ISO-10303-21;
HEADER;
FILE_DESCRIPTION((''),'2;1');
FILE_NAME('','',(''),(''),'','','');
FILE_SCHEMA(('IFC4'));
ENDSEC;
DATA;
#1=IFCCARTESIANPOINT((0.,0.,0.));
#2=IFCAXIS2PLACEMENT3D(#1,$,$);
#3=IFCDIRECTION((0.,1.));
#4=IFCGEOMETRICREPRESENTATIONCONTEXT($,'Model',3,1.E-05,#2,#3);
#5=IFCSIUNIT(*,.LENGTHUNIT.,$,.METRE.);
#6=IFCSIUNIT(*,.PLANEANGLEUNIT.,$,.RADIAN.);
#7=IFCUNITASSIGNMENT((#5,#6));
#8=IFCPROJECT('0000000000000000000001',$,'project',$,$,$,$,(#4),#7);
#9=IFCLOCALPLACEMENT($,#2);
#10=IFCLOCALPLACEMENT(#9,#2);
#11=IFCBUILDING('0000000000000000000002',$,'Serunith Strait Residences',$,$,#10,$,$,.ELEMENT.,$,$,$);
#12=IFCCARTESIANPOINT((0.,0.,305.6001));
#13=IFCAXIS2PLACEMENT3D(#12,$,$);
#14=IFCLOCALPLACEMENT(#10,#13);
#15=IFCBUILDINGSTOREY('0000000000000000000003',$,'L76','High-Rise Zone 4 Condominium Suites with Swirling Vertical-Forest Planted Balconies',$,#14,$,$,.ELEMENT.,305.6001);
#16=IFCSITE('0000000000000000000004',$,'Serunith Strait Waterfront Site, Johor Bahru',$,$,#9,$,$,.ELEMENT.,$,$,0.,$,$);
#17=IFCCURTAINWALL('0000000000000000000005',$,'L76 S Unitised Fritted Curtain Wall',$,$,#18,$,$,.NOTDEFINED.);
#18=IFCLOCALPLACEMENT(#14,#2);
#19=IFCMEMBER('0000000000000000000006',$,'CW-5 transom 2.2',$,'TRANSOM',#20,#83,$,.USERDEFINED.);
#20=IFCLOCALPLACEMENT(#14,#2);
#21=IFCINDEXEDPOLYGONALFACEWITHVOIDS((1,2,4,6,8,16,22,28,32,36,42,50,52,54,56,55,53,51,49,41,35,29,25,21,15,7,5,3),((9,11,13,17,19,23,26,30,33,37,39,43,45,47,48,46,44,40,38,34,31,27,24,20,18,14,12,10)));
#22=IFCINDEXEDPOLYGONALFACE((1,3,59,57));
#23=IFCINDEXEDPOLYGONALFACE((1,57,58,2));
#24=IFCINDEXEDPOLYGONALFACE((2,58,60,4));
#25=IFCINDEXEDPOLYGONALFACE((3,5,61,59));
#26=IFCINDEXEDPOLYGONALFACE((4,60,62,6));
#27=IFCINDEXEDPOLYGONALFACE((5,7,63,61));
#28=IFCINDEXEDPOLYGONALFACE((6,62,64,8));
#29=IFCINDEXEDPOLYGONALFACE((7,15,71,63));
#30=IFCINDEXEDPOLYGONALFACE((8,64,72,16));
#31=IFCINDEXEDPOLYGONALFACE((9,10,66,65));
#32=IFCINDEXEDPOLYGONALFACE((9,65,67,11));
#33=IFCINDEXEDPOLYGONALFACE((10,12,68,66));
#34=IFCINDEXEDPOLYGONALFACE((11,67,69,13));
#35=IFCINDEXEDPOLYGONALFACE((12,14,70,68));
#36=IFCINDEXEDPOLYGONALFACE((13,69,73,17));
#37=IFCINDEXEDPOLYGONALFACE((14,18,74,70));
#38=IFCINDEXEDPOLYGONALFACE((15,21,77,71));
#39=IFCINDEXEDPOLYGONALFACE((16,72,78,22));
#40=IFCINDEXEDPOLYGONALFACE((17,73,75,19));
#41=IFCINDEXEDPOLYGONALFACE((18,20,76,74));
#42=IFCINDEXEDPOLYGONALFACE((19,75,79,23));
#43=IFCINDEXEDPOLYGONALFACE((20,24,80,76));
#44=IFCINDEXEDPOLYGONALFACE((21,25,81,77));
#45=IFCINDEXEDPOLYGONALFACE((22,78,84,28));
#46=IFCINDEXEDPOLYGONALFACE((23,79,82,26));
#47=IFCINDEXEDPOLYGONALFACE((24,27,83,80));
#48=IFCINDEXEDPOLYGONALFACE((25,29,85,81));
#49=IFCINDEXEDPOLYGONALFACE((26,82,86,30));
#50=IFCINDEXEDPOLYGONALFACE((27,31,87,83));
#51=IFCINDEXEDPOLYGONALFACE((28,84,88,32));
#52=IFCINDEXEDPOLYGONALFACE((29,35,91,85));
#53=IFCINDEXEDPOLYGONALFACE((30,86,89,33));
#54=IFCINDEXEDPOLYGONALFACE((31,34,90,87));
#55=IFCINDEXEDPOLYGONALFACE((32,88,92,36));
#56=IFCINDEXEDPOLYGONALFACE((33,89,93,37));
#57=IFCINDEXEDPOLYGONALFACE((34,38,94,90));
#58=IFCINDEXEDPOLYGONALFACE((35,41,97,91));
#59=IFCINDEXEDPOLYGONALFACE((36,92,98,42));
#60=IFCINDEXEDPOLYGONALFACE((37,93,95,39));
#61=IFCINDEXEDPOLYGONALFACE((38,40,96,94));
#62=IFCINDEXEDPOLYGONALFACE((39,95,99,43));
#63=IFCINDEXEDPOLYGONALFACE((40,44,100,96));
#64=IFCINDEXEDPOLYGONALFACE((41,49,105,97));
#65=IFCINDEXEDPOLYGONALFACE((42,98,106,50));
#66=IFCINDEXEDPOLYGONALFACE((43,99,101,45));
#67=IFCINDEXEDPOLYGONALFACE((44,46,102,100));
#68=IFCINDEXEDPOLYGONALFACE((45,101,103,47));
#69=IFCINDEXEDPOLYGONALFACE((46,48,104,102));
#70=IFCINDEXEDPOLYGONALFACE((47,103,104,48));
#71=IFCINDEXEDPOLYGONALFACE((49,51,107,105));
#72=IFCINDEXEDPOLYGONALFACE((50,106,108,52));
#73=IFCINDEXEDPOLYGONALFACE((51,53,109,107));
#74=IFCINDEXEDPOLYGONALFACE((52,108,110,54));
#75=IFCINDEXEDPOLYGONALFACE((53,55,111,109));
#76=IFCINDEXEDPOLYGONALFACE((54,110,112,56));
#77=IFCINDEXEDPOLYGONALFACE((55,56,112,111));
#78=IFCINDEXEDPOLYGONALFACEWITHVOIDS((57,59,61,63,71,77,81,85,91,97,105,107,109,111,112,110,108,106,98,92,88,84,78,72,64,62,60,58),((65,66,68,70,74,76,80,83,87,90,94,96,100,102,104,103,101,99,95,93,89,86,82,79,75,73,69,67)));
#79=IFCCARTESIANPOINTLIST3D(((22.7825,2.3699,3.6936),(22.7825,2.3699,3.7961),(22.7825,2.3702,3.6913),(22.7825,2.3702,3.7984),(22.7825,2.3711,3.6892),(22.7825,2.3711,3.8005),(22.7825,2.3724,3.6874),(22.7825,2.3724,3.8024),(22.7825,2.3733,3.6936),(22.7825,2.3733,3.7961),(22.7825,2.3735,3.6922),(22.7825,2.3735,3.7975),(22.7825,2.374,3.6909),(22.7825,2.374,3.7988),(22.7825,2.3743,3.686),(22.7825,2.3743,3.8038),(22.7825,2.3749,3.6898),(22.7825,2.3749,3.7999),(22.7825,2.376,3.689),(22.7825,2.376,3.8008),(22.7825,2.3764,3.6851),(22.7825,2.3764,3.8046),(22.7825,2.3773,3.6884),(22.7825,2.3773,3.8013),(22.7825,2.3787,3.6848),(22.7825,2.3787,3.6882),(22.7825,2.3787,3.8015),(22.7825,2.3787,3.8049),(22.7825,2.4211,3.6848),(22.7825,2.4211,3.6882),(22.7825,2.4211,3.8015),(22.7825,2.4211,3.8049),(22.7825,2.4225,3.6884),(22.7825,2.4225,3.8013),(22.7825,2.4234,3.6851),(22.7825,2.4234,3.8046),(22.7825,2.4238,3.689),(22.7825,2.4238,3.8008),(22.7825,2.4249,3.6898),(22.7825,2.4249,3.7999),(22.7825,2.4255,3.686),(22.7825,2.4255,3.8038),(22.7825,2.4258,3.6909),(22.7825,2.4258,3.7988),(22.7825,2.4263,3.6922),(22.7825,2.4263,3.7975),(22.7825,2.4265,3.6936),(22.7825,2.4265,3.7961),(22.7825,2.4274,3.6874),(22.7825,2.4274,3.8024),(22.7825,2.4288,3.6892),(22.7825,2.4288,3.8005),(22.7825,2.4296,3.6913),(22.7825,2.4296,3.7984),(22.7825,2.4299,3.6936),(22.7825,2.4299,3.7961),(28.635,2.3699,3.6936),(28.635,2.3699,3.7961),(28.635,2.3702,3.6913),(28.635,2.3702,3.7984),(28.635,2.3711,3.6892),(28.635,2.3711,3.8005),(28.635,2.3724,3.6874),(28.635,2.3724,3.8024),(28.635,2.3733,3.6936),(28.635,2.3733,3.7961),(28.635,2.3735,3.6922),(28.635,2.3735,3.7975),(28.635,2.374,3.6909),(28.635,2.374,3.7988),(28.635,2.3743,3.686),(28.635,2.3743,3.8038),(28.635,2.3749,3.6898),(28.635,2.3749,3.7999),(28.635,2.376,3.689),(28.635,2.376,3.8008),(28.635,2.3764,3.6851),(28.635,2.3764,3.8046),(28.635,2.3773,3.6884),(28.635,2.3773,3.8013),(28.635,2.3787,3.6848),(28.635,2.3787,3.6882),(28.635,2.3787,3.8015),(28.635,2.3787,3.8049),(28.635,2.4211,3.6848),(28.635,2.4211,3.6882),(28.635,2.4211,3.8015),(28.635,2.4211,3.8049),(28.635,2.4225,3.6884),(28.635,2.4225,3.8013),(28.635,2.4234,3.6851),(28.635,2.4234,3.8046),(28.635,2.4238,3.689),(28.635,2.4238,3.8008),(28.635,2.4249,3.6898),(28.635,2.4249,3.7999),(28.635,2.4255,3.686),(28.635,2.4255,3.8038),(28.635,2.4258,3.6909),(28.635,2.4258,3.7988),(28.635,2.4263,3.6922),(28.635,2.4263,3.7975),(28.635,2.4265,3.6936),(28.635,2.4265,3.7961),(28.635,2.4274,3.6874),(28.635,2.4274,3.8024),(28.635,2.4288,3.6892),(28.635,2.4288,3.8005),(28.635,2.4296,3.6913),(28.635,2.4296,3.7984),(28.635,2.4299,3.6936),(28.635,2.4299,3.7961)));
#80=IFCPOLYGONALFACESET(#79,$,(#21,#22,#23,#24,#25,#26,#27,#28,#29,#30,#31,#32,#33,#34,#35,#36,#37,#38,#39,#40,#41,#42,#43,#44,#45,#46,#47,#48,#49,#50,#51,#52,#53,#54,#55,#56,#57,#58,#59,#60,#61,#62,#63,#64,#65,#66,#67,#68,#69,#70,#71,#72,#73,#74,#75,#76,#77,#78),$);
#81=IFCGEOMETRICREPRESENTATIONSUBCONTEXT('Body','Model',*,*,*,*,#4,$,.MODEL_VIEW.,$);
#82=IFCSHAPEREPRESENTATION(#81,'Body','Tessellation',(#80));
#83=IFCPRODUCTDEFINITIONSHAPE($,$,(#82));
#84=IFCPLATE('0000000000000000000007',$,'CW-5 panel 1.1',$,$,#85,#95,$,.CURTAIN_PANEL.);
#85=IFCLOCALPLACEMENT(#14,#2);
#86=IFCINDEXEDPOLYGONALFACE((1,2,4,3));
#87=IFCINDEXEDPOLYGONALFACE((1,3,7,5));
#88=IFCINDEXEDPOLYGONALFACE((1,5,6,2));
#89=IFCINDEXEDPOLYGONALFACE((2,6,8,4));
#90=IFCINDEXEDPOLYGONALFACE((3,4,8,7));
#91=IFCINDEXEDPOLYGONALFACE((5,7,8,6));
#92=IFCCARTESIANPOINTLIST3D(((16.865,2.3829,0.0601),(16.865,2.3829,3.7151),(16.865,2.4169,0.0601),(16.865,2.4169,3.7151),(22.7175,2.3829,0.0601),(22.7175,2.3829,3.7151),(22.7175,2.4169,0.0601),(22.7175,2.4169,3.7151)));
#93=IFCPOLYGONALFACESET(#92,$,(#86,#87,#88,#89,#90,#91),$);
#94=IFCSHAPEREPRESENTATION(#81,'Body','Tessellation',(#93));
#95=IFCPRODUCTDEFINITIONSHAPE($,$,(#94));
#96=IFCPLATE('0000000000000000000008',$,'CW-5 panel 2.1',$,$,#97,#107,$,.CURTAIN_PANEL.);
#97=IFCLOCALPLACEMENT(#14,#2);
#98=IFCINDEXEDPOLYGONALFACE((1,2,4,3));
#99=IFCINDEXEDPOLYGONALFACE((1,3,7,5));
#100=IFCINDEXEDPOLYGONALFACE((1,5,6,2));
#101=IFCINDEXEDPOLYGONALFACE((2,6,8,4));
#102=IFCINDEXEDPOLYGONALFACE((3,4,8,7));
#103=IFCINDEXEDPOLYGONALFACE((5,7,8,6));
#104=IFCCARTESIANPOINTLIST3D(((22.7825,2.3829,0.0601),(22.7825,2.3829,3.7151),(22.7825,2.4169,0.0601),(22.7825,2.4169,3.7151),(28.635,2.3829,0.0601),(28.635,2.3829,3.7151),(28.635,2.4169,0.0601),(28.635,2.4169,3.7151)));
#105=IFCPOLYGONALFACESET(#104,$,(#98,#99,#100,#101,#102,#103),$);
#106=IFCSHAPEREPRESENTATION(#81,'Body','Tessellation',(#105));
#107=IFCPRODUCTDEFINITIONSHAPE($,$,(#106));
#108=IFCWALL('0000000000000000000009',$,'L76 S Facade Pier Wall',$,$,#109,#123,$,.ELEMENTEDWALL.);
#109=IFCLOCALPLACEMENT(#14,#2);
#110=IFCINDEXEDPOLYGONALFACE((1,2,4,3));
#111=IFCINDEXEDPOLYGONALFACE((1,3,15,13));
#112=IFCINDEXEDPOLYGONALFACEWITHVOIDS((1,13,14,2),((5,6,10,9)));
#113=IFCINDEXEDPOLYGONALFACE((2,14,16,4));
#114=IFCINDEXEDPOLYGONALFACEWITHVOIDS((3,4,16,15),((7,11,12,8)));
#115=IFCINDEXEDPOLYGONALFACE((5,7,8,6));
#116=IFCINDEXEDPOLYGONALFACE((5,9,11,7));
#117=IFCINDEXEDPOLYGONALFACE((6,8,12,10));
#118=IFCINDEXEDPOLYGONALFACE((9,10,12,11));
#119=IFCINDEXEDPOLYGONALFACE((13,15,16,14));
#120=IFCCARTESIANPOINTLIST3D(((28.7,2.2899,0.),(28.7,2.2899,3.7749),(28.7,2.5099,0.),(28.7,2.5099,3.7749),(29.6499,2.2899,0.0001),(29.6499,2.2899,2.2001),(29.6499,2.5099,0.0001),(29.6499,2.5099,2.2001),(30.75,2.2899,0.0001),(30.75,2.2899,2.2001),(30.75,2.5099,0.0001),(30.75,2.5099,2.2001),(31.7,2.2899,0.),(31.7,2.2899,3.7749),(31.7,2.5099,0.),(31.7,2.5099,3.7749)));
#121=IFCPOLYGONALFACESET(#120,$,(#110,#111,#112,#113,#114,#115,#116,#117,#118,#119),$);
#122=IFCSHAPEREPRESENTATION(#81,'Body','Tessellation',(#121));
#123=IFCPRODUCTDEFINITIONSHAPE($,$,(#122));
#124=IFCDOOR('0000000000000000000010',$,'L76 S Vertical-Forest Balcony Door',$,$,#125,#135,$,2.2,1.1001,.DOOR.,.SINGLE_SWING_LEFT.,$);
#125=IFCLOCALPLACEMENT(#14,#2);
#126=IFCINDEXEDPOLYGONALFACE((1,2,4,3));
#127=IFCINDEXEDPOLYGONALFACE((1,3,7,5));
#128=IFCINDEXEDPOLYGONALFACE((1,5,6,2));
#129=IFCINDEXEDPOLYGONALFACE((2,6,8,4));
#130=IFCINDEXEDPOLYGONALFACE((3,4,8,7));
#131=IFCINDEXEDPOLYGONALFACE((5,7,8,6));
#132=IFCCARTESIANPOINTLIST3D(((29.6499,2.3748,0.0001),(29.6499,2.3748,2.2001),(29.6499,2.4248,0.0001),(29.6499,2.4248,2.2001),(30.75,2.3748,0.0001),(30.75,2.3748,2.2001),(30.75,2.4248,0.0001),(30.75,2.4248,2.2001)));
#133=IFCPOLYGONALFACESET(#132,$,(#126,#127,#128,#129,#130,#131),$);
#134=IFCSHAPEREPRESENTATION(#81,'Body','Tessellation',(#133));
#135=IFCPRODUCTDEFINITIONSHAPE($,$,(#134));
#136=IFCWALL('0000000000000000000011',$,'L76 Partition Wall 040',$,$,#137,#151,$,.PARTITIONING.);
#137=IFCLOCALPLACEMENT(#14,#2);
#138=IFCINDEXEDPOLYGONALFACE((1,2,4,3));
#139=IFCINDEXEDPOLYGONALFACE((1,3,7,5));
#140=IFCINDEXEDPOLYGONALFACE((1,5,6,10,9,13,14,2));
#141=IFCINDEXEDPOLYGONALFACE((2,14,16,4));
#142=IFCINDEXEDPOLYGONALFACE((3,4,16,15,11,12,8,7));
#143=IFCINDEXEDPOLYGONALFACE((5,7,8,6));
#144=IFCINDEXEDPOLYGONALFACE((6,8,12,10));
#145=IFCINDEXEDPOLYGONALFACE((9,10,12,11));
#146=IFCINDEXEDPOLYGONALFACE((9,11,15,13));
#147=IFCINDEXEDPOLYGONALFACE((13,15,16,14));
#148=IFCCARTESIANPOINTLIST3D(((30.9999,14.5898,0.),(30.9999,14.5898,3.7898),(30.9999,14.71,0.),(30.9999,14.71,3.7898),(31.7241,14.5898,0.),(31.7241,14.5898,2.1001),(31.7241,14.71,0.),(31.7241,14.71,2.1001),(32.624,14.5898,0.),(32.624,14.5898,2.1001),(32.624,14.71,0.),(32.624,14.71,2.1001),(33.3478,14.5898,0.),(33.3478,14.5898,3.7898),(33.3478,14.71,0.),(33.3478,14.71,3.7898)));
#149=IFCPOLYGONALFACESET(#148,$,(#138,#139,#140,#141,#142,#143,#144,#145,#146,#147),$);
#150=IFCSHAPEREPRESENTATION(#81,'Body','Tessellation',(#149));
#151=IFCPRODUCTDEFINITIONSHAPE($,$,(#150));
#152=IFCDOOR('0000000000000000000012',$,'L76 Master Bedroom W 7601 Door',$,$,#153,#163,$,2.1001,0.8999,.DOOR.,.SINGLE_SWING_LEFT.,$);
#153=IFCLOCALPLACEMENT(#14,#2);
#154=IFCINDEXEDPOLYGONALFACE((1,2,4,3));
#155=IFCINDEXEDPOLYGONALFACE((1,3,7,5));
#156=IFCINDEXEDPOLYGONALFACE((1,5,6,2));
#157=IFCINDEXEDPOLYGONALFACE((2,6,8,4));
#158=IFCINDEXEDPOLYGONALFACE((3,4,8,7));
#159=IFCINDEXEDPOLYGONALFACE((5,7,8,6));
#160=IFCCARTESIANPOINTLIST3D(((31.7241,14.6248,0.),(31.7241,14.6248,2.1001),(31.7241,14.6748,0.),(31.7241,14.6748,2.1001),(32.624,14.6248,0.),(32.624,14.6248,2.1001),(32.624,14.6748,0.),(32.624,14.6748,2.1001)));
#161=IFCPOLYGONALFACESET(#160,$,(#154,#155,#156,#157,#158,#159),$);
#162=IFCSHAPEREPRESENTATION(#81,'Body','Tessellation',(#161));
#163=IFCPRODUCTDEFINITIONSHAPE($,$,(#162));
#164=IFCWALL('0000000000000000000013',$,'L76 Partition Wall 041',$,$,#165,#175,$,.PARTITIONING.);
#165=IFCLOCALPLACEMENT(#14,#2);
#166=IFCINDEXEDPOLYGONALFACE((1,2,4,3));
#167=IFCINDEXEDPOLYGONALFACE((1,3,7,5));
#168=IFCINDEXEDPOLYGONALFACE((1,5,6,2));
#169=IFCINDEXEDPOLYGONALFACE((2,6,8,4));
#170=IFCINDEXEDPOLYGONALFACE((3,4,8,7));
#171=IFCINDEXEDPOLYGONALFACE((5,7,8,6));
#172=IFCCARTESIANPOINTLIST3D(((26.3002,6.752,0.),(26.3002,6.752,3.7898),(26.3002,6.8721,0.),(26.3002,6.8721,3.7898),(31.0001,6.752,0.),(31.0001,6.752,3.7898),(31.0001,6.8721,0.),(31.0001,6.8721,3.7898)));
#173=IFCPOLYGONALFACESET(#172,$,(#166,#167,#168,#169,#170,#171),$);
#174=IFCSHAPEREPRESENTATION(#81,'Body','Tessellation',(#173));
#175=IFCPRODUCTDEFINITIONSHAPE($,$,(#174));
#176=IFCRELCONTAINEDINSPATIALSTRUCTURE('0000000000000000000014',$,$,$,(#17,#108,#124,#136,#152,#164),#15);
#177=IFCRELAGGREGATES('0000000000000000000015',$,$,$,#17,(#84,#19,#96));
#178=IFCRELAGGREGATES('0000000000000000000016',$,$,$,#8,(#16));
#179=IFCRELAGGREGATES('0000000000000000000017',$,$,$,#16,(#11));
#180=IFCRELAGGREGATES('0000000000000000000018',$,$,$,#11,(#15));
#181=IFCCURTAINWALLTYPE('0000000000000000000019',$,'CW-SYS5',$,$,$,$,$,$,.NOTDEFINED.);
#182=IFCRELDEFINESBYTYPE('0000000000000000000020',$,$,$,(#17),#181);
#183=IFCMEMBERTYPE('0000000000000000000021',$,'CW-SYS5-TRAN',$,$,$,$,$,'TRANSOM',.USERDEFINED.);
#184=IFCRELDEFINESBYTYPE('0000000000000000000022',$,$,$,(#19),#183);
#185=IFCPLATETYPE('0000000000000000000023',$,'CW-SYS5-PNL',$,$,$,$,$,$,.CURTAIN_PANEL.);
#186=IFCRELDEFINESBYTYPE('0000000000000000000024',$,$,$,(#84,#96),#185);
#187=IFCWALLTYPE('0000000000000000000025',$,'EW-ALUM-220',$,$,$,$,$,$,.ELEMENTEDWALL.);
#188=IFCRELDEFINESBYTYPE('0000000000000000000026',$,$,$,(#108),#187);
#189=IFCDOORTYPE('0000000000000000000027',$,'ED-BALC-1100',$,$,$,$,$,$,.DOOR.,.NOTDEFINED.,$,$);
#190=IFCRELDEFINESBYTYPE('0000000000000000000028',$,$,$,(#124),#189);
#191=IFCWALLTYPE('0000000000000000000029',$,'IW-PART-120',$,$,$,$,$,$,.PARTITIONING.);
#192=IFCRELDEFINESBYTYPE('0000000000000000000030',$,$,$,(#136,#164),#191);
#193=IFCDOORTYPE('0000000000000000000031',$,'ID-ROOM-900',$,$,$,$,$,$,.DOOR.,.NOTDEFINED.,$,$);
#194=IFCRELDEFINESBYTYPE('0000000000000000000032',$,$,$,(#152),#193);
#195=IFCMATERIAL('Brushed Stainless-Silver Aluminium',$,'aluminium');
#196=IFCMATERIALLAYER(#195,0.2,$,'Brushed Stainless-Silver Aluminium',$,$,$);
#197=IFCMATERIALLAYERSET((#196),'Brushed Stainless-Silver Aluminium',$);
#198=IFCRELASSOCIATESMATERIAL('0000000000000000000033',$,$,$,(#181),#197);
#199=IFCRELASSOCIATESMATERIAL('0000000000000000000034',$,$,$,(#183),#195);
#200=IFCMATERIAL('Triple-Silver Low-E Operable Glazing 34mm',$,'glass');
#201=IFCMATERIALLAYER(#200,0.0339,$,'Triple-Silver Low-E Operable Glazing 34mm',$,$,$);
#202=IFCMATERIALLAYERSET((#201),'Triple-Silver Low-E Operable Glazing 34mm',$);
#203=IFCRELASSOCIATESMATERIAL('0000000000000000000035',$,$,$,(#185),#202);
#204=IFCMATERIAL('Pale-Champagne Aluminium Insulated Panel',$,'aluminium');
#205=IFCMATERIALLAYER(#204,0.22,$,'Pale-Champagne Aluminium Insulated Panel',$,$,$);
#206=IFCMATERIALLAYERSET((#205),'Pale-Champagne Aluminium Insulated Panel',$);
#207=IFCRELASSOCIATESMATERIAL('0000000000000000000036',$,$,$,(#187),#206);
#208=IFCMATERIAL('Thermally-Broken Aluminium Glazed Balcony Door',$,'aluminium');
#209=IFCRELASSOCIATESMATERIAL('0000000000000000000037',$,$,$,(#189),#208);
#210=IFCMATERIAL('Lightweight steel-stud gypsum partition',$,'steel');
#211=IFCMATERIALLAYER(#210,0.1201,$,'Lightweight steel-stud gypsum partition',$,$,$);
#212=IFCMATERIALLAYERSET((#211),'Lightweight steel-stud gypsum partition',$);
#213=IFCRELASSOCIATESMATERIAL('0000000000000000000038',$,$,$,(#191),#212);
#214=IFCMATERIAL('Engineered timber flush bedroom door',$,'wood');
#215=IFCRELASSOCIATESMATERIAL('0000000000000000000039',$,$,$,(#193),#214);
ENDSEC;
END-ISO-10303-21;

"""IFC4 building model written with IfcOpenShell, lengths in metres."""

from ifc_helpers import new_model, si_unit, direction, frame, frame_2d, origin, origin_2d, place, context, subcontext, project, spatial, rectangle, hollow_rectangle, extrude, source, transform, mapped, material, layer, layer_set, material_profile, profile_set, type_object, element, fill, aggregate, save


model = new_model("IFC4")

# Units and contexts
model_context = context("Model", 3, precision=1e-05, world=origin(), true_north=direction((0.0, 1.0)))
body_context = subcontext(model_context, "Body", "Model", "MODEL_VIEW")
ifc_project = project(units=[si_unit("LENGTHUNIT", "METRE"), si_unit("PLANEANGLEUNIT", "RADIAN")], contexts=[model_context])

# Site, building, storey
site_placement = place(None, origin())
site = spatial("IfcSite", under=ifc_project, at=site_placement, Name="Serunith Strait Waterfront Site, Johor Bahru", CompositionType="ELEMENT", RefElevation=0.0)
building_placement = place(site_placement, origin())
building = spatial("IfcBuilding", under=site, at=building_placement, Name="Serunith Strait Residences", CompositionType="ELEMENT")
storey_placement = place(building_placement, frame((0.0, 0.0, 305.6001)))
storey = spatial("IfcBuildingStorey", under=building, at=storey_placement, Name="L76", Description="High-Rise Zone 4 Condominium Suites with Swirling Vertical-Forest Planted Balconies", CompositionType="ELEMENT", Elevation=305.6001)

# Curtain wall, member, plates
ifc_material_1 = material(Name="Brushed Stainless-Silver Aluminium", Category="aluminium")
ifc_layer_1 = layer(ifc_material_1, 0.2, Name="Brushed Stainless-Silver Aluminium")
ifc_layer_set_1 = layer_set([ifc_layer_1], Name="Brushed Stainless-Silver Aluminium")
curtain_wall_type = type_object("IfcCurtainWallType", Name="CW-SYS5", PredefinedType="NOTDEFINED", material=ifc_layer_set_1)
curtain_wall_placement = place(storey_placement, origin())
curtain_wall = element("IfcCurtainWall", 1, at=curtain_wall_placement, inside=storey, type_object=curtain_wall_type, Name="L76 S Unitised Fritted Curtain Wall", PredefinedType="NOTDEFINED")
ifc_material_profile_1 = material_profile(ifc_material_1, hollow_rectangle(XDim=0.0601, YDim=0.1201, WallThickness=0.0034, InnerFilletRadius=0.0054, OuterFilletRadius=0.0088, at=origin_2d()), Name="ALU 120x60x3.5")
ifc_profile_set_1 = profile_set([ifc_material_profile_1], Name="Brushed Stainless-Silver Aluminium")
member_type_1 = type_object("IfcMemberType", Name="CW-SYS5-TRAN", ElementType="TRANSOM", PredefinedType="USERDEFINED", material=ifc_profile_set_1)
shared_shape_1 = source(origin(), body_context, "Body", "SweptSolid", [
    extrude(hollow_rectangle(XDim=0.0601, YDim=0.1201, WallThickness=0.0034, InnerFilletRadius=0.0054, OuterFilletRadius=0.0088, at=origin_2d()), origin(), (0.0, 0.0, 1.0), 5.8525),
])
member_1_placement = place(storey_placement, frame((22.7825, 2.3999, 3.7449), z_axis=(1.0, 0.0, 0.0), x_axis=(0.0, 1.0, 0.0)))
member_1 = element("IfcMember", 2, at=member_1_placement, type_object=member_type_1, Name="CW-5 transom 2.2", ObjectType="TRANSOM", PredefinedType="USERDEFINED", context=body_context, shape_type="MappedRepresentation", body=[
    mapped(shared_shape_1, transform((0.0, 0.0, 0.0), scale=1.0)),
])
ifc_material_2 = material(Name="Triple-Silver Low-E Operable Glazing 34mm", Category="glass")
ifc_layer_2 = layer(ifc_material_2, 0.0339, Name="Triple-Silver Low-E Operable Glazing 34mm")
ifc_layer_set_2 = layer_set([ifc_layer_2], Name="Triple-Silver Low-E Operable Glazing 34mm")
plate_type = type_object("IfcPlateType", Name="CW-SYS5-PNL", PredefinedType="CURTAIN_PANEL", material=ifc_layer_set_2)
shared_shape_2 = source(origin(), body_context, "Body", "SweptSolid", [
    extrude(rectangle(XDim=5.8525, YDim=0.0339, at=origin_2d()), origin(), (0.0, 0.0, 1.0), 3.655),
])
plate_1_placement = place(storey_placement, frame((19.7913, 2.3999, 0.0601), z_axis=(0.0, 0.0, 1.0), x_axis=(1.0, 0.0, 0.0)))
plate_1 = element("IfcPlate", 3, at=plate_1_placement, type_object=plate_type, Name="CW-5 panel 1.1", PredefinedType="CURTAIN_PANEL", context=body_context, shape_type="MappedRepresentation", body=[
    mapped(shared_shape_2, transform((0.0, 0.0, 0.0), scale=1.0)),
])
plate_2_placement = place(storey_placement, frame((25.7087, 2.3999, 0.0601), z_axis=(0.0, 0.0, 1.0), x_axis=(1.0, 0.0, 0.0)))
plate_2 = element("IfcPlate", 4, at=plate_2_placement, type_object=plate_type, Name="CW-5 panel 2.1", PredefinedType="CURTAIN_PANEL", context=body_context, shape_type="MappedRepresentation", body=[
    mapped(shared_shape_2, transform((0.0, 0.0, 0.0), scale=1.0)),
])
aggregate(curtain_wall, [plate_1, member_1, plate_2])

# Walls, openings, doors
ifc_material_3 = material(Name="Pale-Champagne Aluminium Insulated Panel", Category="aluminium")
ifc_layer_3 = layer(ifc_material_3, 0.22, Name="Pale-Champagne Aluminium Insulated Panel")
ifc_layer_set_3 = layer_set([ifc_layer_3], Name="Pale-Champagne Aluminium Insulated Panel")
wall_type_1 = type_object("IfcWallType", Name="EW-ALUM-220", PredefinedType="ELEMENTEDWALL", material=ifc_layer_set_3)
wall_1_placement = place(storey_placement, frame((28.7, 2.3999, 0.0), z_axis=(0.0, 0.0, 1.0), x_axis=(1.0, 0.0, 0.0)))
wall_1 = element("IfcWall", 5, at=wall_1_placement, inside=storey, type_object=wall_type_1, Name="L76 S Facade Pier Wall", PredefinedType="ELEMENTEDWALL", context=body_context, shape_type="SweptSolid", body=[
    extrude(rectangle(XDim=3.0, YDim=0.22, at=frame_2d((1.5, 0.0))), origin(), (0.0, 0.0, 1.0), 3.7749),
])
opening_1_placement = place(wall_1_placement, frame((0.95, 0.0, 0.0)))
opening_1 = element("IfcOpeningElement", 6, at=opening_1_placement, cuts=wall_1, PredefinedType="OPENING", context=body_context, shape_type="SweptSolid", body=[
    extrude(rectangle(XDim=1.1001, YDim=2.2, at=frame_2d((0.55, 1.1001))), frame((0.0, 0.1201, 0.0), z_axis=(0.0, -1.0, 0.0), x_axis=(1.0, 0.0, 0.0)), (0.0, 0.0, 1.0), 0.24),
])
ifc_material_4 = material(Name="Thermally-Broken Aluminium Glazed Balcony Door", Category="aluminium")
door_type_1 = type_object("IfcDoorType", Name="ED-BALC-1100", OperationType="NOTDEFINED", PredefinedType="DOOR", material=ifc_material_4)
shared_shape_3 = source(origin(), body_context, "Body", "SweptSolid", [
    extrude(rectangle(XDim=1.1001, YDim=2.2, at=frame_2d((0.55, 1.1001))), frame((0.0, 0.0249, 0.0), z_axis=(0.0, -1.0, 0.0), x_axis=(1.0, 0.0, 0.0)), (0.0, 0.0, 1.0), 0.05),
])
door_1_placement = place(opening_1_placement, origin())
door_1 = element("IfcDoor", 7, at=door_1_placement, inside=storey, type_object=door_type_1, Name="L76 S Vertical-Forest Balcony Door", OperationType="SINGLE_SWING_LEFT", OverallHeight=2.2, OverallWidth=1.1001, PredefinedType="DOOR", context=body_context, shape_type="MappedRepresentation", body=[
    mapped(shared_shape_3, transform((0.0, 0.0, 0.0), scale=1.0)),
])
fill(opening_1, door_1)
ifc_material_5 = material(Name="Lightweight steel-stud gypsum partition", Category="steel")
ifc_layer_4 = layer(ifc_material_5, 0.1201, Name="Lightweight steel-stud gypsum partition")
ifc_layer_set_4 = layer_set([ifc_layer_4], Name="Lightweight steel-stud gypsum partition")
wall_type_2 = type_object("IfcWallType", Name="IW-PART-120", PredefinedType="PARTITIONING", material=ifc_layer_set_4)
wall_2_placement = place(storey_placement, frame((31.0, 14.6499, 0.0), z_axis=(0.0, 0.0, 1.0), x_axis=(1.0, 0.0, 0.0)))
wall_2 = element("IfcWall", 8, at=wall_2_placement, inside=storey, type_object=wall_type_2, Name="L76 Partition Wall 040", PredefinedType="PARTITIONING", context=body_context, shape_type="SweptSolid", body=[
    extrude(rectangle(XDim=2.3479, YDim=0.1201, at=frame_2d((1.1738, 0.0))), origin(), (0.0, 0.0, 1.0), 3.7898),
])
opening_2_placement = place(wall_2_placement, frame((0.7241, 0.0, 0.0)))
opening_2 = element("IfcOpeningElement", 9, at=opening_2_placement, cuts=wall_2, PredefinedType="OPENING", context=body_context, shape_type="SweptSolid", body=[
    extrude(rectangle(XDim=0.8999, YDim=2.1001, at=frame_2d((0.45, 1.05))), frame((0.0, 0.0701, 0.0), z_axis=(0.0, -1.0, 0.0), x_axis=(1.0, 0.0, 0.0)), (0.0, 0.0, 1.0), 0.1401),
])
ifc_material_6 = material(Name="Engineered timber flush bedroom door", Category="wood")
door_type_2 = type_object("IfcDoorType", Name="ID-ROOM-900", OperationType="NOTDEFINED", PredefinedType="DOOR", material=ifc_material_6)
shared_shape_4 = source(origin(), body_context, "Body", "SweptSolid", [
    extrude(rectangle(XDim=0.8999, YDim=2.1001, at=frame_2d((0.45, 1.05))), frame((0.0, 0.0249, 0.0), z_axis=(0.0, -1.0, 0.0), x_axis=(1.0, 0.0, 0.0)), (0.0, 0.0, 1.0), 0.05),
])
door_2_placement = place(opening_2_placement, origin())
door_2 = element("IfcDoor", 10, at=door_2_placement, inside=storey, type_object=door_type_2, Name="L76 Master Bedroom W 7601 Door", OperationType="SINGLE_SWING_LEFT", OverallHeight=2.1001, OverallWidth=0.8999, PredefinedType="DOOR", context=body_context, shape_type="MappedRepresentation", body=[
    mapped(shared_shape_4, transform((0.0, 0.0, 0.0), scale=1.0)),
])
fill(opening_2, door_2)

# Wall
wall_3_placement = place(storey_placement, frame((26.3, 6.812, 0.0), z_axis=(0.0, 0.0, 1.0), x_axis=(1.0, 0.0, 0.0)))
element("IfcWall", 11, at=wall_3_placement, inside=storey, type_object=wall_type_2, Name="L76 Partition Wall 041", PredefinedType="PARTITIONING", context=body_context, shape_type="SweptSolid", body=[
    extrude(rectangle(XDim=4.7, YDim=0.1201, at=frame_2d((2.3501, 0.0))), origin(), (0.0, 0.0, 1.0), 3.7898),
])

save(model, "model.ifc")
